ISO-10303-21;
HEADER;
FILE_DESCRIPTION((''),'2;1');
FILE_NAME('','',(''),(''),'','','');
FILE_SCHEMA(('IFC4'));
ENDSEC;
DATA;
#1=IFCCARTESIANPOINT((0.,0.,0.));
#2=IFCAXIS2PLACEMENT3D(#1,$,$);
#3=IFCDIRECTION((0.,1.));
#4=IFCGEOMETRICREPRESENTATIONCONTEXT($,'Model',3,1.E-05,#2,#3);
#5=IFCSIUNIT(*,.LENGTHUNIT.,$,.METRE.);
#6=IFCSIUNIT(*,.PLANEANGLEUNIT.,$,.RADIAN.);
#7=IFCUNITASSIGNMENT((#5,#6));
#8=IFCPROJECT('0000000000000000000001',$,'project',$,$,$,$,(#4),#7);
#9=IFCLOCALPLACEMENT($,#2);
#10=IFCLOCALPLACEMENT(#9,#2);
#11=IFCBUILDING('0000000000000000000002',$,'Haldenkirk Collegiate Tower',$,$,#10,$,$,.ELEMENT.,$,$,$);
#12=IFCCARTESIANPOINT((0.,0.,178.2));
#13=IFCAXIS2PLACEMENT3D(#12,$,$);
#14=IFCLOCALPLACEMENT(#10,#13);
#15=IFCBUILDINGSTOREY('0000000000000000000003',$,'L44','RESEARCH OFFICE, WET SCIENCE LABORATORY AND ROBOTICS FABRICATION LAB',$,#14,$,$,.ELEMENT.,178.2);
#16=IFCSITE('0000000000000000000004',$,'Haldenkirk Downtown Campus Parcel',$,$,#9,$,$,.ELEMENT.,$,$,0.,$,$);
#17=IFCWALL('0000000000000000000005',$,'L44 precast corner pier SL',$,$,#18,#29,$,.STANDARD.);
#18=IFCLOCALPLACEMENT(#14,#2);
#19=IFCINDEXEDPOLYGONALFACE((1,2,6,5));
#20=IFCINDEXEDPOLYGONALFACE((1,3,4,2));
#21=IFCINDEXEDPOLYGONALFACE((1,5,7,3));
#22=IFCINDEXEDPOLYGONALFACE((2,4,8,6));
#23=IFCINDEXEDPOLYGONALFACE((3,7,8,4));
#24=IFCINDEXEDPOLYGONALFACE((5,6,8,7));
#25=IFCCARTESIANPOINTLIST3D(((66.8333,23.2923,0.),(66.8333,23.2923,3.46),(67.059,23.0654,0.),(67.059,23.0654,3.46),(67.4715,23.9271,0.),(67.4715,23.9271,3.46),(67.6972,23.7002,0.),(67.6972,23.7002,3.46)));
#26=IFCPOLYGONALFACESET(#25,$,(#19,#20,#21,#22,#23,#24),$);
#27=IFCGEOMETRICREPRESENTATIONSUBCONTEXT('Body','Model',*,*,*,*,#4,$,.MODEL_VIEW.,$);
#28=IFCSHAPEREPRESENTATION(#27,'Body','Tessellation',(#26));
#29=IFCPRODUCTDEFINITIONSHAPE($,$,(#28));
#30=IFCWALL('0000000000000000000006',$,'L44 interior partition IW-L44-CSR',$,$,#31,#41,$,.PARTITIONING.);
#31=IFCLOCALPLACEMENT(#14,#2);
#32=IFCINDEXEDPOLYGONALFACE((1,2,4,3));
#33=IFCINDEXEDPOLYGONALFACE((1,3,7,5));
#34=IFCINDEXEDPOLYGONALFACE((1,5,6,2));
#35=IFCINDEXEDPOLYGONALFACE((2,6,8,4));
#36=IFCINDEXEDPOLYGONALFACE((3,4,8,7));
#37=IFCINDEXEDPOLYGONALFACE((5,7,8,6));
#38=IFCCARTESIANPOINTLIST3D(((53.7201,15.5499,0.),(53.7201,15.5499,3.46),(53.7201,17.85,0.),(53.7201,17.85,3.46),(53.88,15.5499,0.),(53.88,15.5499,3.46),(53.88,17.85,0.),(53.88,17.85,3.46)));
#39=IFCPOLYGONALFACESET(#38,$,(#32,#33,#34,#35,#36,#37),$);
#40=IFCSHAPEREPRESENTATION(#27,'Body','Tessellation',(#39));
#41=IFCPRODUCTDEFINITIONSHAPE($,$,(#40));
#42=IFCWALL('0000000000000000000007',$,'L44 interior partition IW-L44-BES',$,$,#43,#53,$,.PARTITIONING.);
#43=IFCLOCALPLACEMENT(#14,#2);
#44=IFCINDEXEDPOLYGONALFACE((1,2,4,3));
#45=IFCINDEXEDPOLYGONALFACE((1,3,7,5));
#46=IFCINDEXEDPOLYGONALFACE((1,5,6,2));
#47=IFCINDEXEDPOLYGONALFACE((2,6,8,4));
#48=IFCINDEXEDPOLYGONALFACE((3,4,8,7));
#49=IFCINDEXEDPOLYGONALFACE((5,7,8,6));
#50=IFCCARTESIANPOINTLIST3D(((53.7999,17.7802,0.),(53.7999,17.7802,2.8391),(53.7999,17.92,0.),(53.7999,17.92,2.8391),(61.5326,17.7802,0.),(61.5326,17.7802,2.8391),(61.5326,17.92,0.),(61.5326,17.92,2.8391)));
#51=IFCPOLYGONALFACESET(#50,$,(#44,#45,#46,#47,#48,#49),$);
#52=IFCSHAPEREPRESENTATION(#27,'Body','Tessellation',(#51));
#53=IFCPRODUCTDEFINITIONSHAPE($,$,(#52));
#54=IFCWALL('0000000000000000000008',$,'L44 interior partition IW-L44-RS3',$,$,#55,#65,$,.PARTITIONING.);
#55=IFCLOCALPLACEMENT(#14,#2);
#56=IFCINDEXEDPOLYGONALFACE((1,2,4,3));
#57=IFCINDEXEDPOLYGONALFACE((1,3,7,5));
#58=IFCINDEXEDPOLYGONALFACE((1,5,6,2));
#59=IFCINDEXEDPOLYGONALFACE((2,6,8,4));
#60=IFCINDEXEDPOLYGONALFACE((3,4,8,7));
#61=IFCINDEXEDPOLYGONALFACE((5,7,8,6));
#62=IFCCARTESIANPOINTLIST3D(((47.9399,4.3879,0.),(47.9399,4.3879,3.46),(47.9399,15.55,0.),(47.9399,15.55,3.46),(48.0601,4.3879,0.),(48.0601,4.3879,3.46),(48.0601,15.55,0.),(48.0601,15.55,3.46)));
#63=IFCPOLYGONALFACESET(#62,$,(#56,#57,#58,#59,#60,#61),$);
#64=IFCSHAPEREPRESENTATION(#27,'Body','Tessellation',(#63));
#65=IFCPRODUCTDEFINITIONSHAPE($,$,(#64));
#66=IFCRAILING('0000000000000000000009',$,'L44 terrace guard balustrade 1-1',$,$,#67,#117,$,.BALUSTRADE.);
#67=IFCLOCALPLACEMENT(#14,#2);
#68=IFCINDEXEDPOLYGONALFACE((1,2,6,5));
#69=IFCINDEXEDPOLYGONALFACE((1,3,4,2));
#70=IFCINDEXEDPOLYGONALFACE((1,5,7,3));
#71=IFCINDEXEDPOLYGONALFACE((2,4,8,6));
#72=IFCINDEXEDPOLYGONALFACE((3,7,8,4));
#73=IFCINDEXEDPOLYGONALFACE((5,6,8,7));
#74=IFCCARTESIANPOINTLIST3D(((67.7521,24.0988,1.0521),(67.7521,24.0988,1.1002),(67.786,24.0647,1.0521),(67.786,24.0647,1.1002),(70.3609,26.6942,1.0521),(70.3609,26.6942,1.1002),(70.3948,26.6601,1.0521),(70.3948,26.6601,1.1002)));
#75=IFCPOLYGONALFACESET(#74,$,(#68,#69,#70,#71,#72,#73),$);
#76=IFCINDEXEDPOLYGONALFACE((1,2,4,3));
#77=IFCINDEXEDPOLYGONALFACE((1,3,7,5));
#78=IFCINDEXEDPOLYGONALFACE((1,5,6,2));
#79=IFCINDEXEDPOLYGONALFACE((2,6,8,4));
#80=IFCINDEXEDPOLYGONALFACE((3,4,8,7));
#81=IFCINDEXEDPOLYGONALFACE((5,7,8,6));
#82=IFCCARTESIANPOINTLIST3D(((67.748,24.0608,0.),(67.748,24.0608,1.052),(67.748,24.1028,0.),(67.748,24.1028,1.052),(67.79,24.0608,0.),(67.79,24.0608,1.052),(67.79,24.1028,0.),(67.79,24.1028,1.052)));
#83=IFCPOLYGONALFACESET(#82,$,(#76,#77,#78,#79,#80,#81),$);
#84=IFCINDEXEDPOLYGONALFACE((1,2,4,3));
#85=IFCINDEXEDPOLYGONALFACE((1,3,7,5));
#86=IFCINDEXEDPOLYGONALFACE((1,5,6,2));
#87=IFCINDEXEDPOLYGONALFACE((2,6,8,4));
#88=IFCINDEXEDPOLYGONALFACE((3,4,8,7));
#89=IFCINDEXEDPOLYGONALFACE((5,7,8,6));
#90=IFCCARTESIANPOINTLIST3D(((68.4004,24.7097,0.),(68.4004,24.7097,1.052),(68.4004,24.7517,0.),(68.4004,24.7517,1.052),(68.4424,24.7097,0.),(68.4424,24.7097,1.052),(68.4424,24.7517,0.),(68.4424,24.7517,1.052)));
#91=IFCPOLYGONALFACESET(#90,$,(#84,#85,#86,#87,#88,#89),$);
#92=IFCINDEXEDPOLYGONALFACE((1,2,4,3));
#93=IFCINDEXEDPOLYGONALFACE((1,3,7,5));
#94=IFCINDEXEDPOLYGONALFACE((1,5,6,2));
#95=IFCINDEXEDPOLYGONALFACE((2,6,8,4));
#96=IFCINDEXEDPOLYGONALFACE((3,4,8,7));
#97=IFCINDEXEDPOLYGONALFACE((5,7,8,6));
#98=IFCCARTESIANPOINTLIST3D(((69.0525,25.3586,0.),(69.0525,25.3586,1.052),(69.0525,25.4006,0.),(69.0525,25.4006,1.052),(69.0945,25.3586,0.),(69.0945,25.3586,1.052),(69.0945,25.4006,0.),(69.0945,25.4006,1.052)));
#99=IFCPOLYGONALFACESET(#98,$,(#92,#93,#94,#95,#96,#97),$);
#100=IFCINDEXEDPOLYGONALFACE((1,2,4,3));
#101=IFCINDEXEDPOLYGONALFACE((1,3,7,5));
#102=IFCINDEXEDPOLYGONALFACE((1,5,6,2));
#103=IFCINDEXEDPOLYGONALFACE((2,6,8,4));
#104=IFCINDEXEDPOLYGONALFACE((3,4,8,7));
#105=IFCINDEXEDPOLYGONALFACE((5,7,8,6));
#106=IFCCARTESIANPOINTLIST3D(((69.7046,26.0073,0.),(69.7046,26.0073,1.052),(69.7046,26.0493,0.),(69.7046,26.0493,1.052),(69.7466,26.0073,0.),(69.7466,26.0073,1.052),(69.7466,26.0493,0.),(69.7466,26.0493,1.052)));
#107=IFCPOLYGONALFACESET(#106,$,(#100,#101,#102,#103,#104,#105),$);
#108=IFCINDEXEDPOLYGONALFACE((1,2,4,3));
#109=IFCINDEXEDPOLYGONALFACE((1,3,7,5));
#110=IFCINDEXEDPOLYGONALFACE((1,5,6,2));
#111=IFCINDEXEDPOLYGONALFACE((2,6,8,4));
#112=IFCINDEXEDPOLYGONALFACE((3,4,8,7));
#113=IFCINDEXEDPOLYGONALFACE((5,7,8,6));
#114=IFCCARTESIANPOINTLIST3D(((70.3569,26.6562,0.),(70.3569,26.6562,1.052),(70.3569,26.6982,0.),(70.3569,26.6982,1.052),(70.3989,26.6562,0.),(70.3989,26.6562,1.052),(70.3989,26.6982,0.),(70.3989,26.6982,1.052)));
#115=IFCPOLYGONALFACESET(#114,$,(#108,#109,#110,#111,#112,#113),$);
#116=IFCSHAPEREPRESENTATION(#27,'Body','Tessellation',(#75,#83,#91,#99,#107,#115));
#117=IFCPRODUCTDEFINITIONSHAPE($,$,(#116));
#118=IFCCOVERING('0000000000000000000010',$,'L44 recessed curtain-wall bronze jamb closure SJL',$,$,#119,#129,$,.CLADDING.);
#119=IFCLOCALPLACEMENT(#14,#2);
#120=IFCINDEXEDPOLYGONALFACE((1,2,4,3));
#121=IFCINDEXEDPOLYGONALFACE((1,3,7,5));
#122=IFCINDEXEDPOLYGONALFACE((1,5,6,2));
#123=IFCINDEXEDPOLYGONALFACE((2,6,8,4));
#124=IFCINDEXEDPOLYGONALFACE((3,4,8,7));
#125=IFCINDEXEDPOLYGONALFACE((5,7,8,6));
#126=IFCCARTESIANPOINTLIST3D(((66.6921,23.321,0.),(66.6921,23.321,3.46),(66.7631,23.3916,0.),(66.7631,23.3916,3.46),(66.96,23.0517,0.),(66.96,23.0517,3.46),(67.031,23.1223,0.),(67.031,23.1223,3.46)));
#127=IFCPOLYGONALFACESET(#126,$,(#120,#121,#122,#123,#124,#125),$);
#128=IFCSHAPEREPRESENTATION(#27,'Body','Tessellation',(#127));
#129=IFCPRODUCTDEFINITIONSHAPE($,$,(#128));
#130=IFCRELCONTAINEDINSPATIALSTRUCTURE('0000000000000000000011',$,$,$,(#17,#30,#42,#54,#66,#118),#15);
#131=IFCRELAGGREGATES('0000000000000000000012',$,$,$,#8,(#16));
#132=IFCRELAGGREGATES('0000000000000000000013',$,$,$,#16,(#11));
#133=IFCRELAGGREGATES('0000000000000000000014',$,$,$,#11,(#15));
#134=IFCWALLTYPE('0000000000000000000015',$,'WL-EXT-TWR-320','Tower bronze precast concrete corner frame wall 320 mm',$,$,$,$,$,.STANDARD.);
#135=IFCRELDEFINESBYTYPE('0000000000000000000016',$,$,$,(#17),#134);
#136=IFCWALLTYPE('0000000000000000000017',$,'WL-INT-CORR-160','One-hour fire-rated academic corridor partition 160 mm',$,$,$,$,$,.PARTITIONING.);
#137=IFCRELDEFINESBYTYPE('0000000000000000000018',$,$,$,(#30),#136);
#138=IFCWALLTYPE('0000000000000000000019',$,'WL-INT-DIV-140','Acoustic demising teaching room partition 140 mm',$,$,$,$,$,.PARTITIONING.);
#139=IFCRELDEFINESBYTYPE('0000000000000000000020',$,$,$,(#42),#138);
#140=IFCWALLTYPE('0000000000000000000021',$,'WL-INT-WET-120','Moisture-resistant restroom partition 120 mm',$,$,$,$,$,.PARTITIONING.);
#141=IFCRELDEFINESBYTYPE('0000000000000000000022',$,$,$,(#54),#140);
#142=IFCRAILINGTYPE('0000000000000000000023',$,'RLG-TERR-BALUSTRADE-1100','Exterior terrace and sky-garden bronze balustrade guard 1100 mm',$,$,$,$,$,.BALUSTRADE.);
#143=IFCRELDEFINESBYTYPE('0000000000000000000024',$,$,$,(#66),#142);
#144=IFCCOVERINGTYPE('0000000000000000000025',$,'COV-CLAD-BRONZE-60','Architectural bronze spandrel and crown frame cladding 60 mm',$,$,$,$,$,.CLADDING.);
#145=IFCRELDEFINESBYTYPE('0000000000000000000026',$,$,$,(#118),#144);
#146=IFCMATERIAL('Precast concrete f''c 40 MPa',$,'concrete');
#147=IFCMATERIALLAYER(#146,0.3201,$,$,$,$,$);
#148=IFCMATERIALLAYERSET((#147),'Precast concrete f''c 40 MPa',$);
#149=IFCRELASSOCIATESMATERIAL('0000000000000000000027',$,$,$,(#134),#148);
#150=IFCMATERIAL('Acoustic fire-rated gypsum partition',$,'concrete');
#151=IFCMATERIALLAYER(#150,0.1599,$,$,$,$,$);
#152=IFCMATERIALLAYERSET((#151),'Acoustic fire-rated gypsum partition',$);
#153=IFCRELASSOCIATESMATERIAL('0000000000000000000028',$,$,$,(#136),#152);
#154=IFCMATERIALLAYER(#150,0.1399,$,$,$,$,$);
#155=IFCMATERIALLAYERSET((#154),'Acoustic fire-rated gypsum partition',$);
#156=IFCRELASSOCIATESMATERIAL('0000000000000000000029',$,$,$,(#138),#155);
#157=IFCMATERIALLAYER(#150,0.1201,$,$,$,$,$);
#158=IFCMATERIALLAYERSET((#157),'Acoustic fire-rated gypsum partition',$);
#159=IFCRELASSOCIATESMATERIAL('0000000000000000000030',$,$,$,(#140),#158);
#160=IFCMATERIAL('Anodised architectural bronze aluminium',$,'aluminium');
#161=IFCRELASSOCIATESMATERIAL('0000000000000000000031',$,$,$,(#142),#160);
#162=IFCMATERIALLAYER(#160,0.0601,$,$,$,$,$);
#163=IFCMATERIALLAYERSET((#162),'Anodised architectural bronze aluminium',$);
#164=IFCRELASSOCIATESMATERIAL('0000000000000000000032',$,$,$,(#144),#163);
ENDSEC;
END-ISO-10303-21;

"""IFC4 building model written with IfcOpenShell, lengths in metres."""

from ifc_helpers import new_model, si_unit, direction, frame, frame_2d, origin, origin_2d, place, context, subcontext, project, spatial, rectangle, extrude, source, transform, mapped, material, layer, layer_set, type_object, element, save


model = new_model("IFC4")

# Units and contexts
model_context = context("Model", 3, precision=1e-05, world=origin(), true_north=direction((0.0, 1.0)))
body_context = subcontext(model_context, "Body", "Model", "MODEL_VIEW")
ifc_project = project(units=[si_unit("LENGTHUNIT", "METRE"), si_unit("PLANEANGLEUNIT", "RADIAN")], contexts=[model_context])

# Site, building, storey
site_placement = place(None, origin())
site = spatial("IfcSite", under=ifc_project, at=site_placement, Name="Haldenkirk Downtown Campus Parcel", CompositionType="ELEMENT", RefElevation=0.0)
building_placement = place(site_placement, origin())
building = spatial("IfcBuilding", under=site, at=building_placement, Name="Haldenkirk Collegiate Tower", CompositionType="ELEMENT")
storey_placement = place(building_placement, frame((0.0, 0.0, 178.2)))
storey = spatial("IfcBuildingStorey", under=building, at=storey_placement, Name="L44", Description="RESEARCH OFFICE, WET SCIENCE LABORATORY AND ROBOTICS FABRICATION LAB", CompositionType="ELEMENT", Elevation=178.2)

# Shared definitions
ifc_material_1 = material(Name="Anodised architectural bronze aluminium", Category="aluminium")

# Walls
ifc_material_2 = material(Name="Precast concrete f'c 40 MPa", Category="concrete")
ifc_layer_1 = layer(ifc_material_2, 0.3201)
ifc_layer_set_1 = layer_set([ifc_layer_1], Name="Precast concrete f'c 40 MPa")
wall_type_1 = type_object("IfcWallType", Name="WL-EXT-TWR-320", Description="Tower bronze precast concrete corner frame wall 320 mm", PredefinedType="STANDARD", material=ifc_layer_set_1)
wall_1_placement = place(storey_placement, frame((67.5845, 23.8137, 0.0), z_axis=(0.0, 0.0, 1.0), x_axis=(-0.709003, -0.705206, 0.0)))
element("IfcWall", 1, at=wall_1_placement, inside=storey, type_object=wall_type_1, Name="L44 precast corner pier SL", PredefinedType="STANDARD", context=body_context, shape_type="SweptSolid", body=[
    extrude(rectangle(XDim=0.9001, YDim=0.3201, at=frame_2d((0.4502, 0.0))), origin(), (0.0, 0.0, 1.0), 3.46),
])
ifc_material_3 = material(Name="Acoustic fire-rated gypsum partition", Category="concrete")
ifc_layer_2 = layer(ifc_material_3, 0.1599)
ifc_layer_set_2 = layer_set([ifc_layer_2], Name="Acoustic fire-rated gypsum partition")
wall_type_2 = type_object("IfcWallType", Name="WL-INT-CORR-160", Description="One-hour fire-rated academic corridor partition 160 mm", PredefinedType="PARTITIONING", material=ifc_layer_set_2)
wall_2_placement = place(storey_placement, frame((53.8, 15.55, 0.0), z_axis=(0.0, 0.0, 1.0), x_axis=(0.0, 1.0, 0.0)))
element("IfcWall", 2, at=wall_2_placement, inside=storey, type_object=wall_type_2, Name="L44 interior partition IW-L44-CSR", PredefinedType="PARTITIONING", context=body_context, shape_type="SweptSolid", body=[
    extrude(rectangle(XDim=2.3, YDim=0.1599, at=frame_2d((1.1499, 0.0))), origin(), (0.0, 0.0, 1.0), 3.46),
])
ifc_layer_3 = layer(ifc_material_3, 0.1399)
ifc_layer_set_3 = layer_set([ifc_layer_3], Name="Acoustic fire-rated gypsum partition")
wall_type_3 = type_object("IfcWallType", Name="WL-INT-DIV-140", Description="Acoustic demising teaching room partition 140 mm", PredefinedType="PARTITIONING", material=ifc_layer_set_3)
wall_3_placement = place(storey_placement, frame((53.8, 17.8501, 0.0), z_axis=(0.0, 0.0, 1.0), x_axis=(1.0, 0.0, 0.0)))
element("IfcWall", 3, at=wall_3_placement, inside=storey, type_object=wall_type_3, Name="L44 interior partition IW-L44-BES", PredefinedType="PARTITIONING", context=body_context, shape_type="SweptSolid", body=[
    extrude(rectangle(XDim=7.7327, YDim=0.1399, at=frame_2d((3.8662, 0.0))), origin(), (0.0, 0.0, 1.0), 2.8391),
])
ifc_layer_4 = layer(ifc_material_3, 0.1201)
ifc_layer_set_4 = layer_set([ifc_layer_4], Name="Acoustic fire-rated gypsum partition")
wall_type_4 = type_object("IfcWallType", Name="WL-INT-WET-120", Description="Moisture-resistant restroom partition 120 mm", PredefinedType="PARTITIONING", material=ifc_layer_set_4)
wall_4_placement = place(storey_placement, frame((48.0, 4.3879, 0.0), z_axis=(0.0, 0.0, 1.0), x_axis=(0.0, 1.0, 0.0)))
element("IfcWall", 4, at=wall_4_placement, inside=storey, type_object=wall_type_4, Name="L44 interior partition IW-L44-RS3", PredefinedType="PARTITIONING", context=body_context, shape_type="SweptSolid", body=[
    extrude(rectangle(XDim=11.1621, YDim=0.1201, at=frame_2d((5.5811, 0.0))), origin(), (0.0, 0.0, 1.0), 3.46),
])

# Railing
railing_type = type_object("IfcRailingType", Name="RLG-TERR-BALUSTRADE-1100", Description="Exterior terrace and sky-garden bronze balustrade guard 1100 mm", PredefinedType="BALUSTRADE", material=ifc_material_1)
railing_placement = place(storey_placement, frame((67.769, 24.0818, 0.0)))
element("IfcRailing", 5, at=railing_placement, inside=storey, type_object=railing_type, Name="L44 terrace guard balustrade 1-1", PredefinedType="BALUSTRADE", context=body_context, shape_type="SweptSolid", body=[
    extrude(rectangle(XDim=0.0481, YDim=0.0481, at=origin_2d()), frame((0.0, 0.0, 1.0762), z_axis=(0.708929, 0.70528, 0.0), x_axis=(-0.70528, 0.708929, 0.0)), (0.0, 0.0, 1.0), 3.6799),
    extrude(rectangle(XDim=0.042, YDim=0.042, at=origin_2d()), origin(), (0.0, 0.0, 1.0), 1.052),
    extrude(rectangle(XDim=0.042, YDim=0.042, at=origin_2d()), frame((0.6523, 0.6489, 0.0)), (0.0, 0.0, 1.0), 1.052),
    extrude(rectangle(XDim=0.042, YDim=0.042, at=origin_2d()), frame((1.3044, 1.2979, 0.0)), (0.0, 0.0, 1.0), 1.052),
    extrude(rectangle(XDim=0.042, YDim=0.042, at=origin_2d()), frame((1.9565, 1.9465, 0.0)), (0.0, 0.0, 1.0), 1.052),
    extrude(rectangle(XDim=0.042, YDim=0.042, at=origin_2d()), frame((2.6089, 2.5955, 0.0)), (0.0, 0.0, 1.0), 1.052),
])

# Covering
ifc_layer_5 = layer(ifc_material_1, 0.0601)
ifc_layer_set_5 = layer_set([ifc_layer_5], Name="Anodised architectural bronze aluminium")
covering_type = type_object("IfcCoveringType", Name="COV-CLAD-BRONZE-60", Description="Architectural bronze spandrel and crown frame cladding 60 mm", PredefinedType="CLADDING", material=ifc_layer_set_5)
shared_shape_1 = source(origin(), body_context, "Body", "SweptSolid", [
    extrude(rectangle(XDim=0.1001, YDim=0.3799, at=origin_2d()), origin(), (0.0, 0.0, 1.0), 3.46),
])
covering_placement = place(storey_placement, frame((66.8616, 23.2217, 0.0), z_axis=(0.0, 0.0, 1.0), x_axis=(-0.708956, -0.705253, 0.0)))
element("IfcCovering", 6, at=covering_placement, inside=storey, type_object=covering_type, Name="L44 recessed curtain-wall bronze jamb closure SJL", PredefinedType="CLADDING", context=body_context, shape_type="MappedRepresentation", body=[
    mapped(shared_shape_1, transform((0.0, 0.0, 0.0), x_axis=(1.0, 0.0, 0.0), y_axis=(0.0, 1.0, 0.0), z_axis=(0.0, 0.0, 1.0), scale=1.0)),
])

save(model, "model.ifc")
